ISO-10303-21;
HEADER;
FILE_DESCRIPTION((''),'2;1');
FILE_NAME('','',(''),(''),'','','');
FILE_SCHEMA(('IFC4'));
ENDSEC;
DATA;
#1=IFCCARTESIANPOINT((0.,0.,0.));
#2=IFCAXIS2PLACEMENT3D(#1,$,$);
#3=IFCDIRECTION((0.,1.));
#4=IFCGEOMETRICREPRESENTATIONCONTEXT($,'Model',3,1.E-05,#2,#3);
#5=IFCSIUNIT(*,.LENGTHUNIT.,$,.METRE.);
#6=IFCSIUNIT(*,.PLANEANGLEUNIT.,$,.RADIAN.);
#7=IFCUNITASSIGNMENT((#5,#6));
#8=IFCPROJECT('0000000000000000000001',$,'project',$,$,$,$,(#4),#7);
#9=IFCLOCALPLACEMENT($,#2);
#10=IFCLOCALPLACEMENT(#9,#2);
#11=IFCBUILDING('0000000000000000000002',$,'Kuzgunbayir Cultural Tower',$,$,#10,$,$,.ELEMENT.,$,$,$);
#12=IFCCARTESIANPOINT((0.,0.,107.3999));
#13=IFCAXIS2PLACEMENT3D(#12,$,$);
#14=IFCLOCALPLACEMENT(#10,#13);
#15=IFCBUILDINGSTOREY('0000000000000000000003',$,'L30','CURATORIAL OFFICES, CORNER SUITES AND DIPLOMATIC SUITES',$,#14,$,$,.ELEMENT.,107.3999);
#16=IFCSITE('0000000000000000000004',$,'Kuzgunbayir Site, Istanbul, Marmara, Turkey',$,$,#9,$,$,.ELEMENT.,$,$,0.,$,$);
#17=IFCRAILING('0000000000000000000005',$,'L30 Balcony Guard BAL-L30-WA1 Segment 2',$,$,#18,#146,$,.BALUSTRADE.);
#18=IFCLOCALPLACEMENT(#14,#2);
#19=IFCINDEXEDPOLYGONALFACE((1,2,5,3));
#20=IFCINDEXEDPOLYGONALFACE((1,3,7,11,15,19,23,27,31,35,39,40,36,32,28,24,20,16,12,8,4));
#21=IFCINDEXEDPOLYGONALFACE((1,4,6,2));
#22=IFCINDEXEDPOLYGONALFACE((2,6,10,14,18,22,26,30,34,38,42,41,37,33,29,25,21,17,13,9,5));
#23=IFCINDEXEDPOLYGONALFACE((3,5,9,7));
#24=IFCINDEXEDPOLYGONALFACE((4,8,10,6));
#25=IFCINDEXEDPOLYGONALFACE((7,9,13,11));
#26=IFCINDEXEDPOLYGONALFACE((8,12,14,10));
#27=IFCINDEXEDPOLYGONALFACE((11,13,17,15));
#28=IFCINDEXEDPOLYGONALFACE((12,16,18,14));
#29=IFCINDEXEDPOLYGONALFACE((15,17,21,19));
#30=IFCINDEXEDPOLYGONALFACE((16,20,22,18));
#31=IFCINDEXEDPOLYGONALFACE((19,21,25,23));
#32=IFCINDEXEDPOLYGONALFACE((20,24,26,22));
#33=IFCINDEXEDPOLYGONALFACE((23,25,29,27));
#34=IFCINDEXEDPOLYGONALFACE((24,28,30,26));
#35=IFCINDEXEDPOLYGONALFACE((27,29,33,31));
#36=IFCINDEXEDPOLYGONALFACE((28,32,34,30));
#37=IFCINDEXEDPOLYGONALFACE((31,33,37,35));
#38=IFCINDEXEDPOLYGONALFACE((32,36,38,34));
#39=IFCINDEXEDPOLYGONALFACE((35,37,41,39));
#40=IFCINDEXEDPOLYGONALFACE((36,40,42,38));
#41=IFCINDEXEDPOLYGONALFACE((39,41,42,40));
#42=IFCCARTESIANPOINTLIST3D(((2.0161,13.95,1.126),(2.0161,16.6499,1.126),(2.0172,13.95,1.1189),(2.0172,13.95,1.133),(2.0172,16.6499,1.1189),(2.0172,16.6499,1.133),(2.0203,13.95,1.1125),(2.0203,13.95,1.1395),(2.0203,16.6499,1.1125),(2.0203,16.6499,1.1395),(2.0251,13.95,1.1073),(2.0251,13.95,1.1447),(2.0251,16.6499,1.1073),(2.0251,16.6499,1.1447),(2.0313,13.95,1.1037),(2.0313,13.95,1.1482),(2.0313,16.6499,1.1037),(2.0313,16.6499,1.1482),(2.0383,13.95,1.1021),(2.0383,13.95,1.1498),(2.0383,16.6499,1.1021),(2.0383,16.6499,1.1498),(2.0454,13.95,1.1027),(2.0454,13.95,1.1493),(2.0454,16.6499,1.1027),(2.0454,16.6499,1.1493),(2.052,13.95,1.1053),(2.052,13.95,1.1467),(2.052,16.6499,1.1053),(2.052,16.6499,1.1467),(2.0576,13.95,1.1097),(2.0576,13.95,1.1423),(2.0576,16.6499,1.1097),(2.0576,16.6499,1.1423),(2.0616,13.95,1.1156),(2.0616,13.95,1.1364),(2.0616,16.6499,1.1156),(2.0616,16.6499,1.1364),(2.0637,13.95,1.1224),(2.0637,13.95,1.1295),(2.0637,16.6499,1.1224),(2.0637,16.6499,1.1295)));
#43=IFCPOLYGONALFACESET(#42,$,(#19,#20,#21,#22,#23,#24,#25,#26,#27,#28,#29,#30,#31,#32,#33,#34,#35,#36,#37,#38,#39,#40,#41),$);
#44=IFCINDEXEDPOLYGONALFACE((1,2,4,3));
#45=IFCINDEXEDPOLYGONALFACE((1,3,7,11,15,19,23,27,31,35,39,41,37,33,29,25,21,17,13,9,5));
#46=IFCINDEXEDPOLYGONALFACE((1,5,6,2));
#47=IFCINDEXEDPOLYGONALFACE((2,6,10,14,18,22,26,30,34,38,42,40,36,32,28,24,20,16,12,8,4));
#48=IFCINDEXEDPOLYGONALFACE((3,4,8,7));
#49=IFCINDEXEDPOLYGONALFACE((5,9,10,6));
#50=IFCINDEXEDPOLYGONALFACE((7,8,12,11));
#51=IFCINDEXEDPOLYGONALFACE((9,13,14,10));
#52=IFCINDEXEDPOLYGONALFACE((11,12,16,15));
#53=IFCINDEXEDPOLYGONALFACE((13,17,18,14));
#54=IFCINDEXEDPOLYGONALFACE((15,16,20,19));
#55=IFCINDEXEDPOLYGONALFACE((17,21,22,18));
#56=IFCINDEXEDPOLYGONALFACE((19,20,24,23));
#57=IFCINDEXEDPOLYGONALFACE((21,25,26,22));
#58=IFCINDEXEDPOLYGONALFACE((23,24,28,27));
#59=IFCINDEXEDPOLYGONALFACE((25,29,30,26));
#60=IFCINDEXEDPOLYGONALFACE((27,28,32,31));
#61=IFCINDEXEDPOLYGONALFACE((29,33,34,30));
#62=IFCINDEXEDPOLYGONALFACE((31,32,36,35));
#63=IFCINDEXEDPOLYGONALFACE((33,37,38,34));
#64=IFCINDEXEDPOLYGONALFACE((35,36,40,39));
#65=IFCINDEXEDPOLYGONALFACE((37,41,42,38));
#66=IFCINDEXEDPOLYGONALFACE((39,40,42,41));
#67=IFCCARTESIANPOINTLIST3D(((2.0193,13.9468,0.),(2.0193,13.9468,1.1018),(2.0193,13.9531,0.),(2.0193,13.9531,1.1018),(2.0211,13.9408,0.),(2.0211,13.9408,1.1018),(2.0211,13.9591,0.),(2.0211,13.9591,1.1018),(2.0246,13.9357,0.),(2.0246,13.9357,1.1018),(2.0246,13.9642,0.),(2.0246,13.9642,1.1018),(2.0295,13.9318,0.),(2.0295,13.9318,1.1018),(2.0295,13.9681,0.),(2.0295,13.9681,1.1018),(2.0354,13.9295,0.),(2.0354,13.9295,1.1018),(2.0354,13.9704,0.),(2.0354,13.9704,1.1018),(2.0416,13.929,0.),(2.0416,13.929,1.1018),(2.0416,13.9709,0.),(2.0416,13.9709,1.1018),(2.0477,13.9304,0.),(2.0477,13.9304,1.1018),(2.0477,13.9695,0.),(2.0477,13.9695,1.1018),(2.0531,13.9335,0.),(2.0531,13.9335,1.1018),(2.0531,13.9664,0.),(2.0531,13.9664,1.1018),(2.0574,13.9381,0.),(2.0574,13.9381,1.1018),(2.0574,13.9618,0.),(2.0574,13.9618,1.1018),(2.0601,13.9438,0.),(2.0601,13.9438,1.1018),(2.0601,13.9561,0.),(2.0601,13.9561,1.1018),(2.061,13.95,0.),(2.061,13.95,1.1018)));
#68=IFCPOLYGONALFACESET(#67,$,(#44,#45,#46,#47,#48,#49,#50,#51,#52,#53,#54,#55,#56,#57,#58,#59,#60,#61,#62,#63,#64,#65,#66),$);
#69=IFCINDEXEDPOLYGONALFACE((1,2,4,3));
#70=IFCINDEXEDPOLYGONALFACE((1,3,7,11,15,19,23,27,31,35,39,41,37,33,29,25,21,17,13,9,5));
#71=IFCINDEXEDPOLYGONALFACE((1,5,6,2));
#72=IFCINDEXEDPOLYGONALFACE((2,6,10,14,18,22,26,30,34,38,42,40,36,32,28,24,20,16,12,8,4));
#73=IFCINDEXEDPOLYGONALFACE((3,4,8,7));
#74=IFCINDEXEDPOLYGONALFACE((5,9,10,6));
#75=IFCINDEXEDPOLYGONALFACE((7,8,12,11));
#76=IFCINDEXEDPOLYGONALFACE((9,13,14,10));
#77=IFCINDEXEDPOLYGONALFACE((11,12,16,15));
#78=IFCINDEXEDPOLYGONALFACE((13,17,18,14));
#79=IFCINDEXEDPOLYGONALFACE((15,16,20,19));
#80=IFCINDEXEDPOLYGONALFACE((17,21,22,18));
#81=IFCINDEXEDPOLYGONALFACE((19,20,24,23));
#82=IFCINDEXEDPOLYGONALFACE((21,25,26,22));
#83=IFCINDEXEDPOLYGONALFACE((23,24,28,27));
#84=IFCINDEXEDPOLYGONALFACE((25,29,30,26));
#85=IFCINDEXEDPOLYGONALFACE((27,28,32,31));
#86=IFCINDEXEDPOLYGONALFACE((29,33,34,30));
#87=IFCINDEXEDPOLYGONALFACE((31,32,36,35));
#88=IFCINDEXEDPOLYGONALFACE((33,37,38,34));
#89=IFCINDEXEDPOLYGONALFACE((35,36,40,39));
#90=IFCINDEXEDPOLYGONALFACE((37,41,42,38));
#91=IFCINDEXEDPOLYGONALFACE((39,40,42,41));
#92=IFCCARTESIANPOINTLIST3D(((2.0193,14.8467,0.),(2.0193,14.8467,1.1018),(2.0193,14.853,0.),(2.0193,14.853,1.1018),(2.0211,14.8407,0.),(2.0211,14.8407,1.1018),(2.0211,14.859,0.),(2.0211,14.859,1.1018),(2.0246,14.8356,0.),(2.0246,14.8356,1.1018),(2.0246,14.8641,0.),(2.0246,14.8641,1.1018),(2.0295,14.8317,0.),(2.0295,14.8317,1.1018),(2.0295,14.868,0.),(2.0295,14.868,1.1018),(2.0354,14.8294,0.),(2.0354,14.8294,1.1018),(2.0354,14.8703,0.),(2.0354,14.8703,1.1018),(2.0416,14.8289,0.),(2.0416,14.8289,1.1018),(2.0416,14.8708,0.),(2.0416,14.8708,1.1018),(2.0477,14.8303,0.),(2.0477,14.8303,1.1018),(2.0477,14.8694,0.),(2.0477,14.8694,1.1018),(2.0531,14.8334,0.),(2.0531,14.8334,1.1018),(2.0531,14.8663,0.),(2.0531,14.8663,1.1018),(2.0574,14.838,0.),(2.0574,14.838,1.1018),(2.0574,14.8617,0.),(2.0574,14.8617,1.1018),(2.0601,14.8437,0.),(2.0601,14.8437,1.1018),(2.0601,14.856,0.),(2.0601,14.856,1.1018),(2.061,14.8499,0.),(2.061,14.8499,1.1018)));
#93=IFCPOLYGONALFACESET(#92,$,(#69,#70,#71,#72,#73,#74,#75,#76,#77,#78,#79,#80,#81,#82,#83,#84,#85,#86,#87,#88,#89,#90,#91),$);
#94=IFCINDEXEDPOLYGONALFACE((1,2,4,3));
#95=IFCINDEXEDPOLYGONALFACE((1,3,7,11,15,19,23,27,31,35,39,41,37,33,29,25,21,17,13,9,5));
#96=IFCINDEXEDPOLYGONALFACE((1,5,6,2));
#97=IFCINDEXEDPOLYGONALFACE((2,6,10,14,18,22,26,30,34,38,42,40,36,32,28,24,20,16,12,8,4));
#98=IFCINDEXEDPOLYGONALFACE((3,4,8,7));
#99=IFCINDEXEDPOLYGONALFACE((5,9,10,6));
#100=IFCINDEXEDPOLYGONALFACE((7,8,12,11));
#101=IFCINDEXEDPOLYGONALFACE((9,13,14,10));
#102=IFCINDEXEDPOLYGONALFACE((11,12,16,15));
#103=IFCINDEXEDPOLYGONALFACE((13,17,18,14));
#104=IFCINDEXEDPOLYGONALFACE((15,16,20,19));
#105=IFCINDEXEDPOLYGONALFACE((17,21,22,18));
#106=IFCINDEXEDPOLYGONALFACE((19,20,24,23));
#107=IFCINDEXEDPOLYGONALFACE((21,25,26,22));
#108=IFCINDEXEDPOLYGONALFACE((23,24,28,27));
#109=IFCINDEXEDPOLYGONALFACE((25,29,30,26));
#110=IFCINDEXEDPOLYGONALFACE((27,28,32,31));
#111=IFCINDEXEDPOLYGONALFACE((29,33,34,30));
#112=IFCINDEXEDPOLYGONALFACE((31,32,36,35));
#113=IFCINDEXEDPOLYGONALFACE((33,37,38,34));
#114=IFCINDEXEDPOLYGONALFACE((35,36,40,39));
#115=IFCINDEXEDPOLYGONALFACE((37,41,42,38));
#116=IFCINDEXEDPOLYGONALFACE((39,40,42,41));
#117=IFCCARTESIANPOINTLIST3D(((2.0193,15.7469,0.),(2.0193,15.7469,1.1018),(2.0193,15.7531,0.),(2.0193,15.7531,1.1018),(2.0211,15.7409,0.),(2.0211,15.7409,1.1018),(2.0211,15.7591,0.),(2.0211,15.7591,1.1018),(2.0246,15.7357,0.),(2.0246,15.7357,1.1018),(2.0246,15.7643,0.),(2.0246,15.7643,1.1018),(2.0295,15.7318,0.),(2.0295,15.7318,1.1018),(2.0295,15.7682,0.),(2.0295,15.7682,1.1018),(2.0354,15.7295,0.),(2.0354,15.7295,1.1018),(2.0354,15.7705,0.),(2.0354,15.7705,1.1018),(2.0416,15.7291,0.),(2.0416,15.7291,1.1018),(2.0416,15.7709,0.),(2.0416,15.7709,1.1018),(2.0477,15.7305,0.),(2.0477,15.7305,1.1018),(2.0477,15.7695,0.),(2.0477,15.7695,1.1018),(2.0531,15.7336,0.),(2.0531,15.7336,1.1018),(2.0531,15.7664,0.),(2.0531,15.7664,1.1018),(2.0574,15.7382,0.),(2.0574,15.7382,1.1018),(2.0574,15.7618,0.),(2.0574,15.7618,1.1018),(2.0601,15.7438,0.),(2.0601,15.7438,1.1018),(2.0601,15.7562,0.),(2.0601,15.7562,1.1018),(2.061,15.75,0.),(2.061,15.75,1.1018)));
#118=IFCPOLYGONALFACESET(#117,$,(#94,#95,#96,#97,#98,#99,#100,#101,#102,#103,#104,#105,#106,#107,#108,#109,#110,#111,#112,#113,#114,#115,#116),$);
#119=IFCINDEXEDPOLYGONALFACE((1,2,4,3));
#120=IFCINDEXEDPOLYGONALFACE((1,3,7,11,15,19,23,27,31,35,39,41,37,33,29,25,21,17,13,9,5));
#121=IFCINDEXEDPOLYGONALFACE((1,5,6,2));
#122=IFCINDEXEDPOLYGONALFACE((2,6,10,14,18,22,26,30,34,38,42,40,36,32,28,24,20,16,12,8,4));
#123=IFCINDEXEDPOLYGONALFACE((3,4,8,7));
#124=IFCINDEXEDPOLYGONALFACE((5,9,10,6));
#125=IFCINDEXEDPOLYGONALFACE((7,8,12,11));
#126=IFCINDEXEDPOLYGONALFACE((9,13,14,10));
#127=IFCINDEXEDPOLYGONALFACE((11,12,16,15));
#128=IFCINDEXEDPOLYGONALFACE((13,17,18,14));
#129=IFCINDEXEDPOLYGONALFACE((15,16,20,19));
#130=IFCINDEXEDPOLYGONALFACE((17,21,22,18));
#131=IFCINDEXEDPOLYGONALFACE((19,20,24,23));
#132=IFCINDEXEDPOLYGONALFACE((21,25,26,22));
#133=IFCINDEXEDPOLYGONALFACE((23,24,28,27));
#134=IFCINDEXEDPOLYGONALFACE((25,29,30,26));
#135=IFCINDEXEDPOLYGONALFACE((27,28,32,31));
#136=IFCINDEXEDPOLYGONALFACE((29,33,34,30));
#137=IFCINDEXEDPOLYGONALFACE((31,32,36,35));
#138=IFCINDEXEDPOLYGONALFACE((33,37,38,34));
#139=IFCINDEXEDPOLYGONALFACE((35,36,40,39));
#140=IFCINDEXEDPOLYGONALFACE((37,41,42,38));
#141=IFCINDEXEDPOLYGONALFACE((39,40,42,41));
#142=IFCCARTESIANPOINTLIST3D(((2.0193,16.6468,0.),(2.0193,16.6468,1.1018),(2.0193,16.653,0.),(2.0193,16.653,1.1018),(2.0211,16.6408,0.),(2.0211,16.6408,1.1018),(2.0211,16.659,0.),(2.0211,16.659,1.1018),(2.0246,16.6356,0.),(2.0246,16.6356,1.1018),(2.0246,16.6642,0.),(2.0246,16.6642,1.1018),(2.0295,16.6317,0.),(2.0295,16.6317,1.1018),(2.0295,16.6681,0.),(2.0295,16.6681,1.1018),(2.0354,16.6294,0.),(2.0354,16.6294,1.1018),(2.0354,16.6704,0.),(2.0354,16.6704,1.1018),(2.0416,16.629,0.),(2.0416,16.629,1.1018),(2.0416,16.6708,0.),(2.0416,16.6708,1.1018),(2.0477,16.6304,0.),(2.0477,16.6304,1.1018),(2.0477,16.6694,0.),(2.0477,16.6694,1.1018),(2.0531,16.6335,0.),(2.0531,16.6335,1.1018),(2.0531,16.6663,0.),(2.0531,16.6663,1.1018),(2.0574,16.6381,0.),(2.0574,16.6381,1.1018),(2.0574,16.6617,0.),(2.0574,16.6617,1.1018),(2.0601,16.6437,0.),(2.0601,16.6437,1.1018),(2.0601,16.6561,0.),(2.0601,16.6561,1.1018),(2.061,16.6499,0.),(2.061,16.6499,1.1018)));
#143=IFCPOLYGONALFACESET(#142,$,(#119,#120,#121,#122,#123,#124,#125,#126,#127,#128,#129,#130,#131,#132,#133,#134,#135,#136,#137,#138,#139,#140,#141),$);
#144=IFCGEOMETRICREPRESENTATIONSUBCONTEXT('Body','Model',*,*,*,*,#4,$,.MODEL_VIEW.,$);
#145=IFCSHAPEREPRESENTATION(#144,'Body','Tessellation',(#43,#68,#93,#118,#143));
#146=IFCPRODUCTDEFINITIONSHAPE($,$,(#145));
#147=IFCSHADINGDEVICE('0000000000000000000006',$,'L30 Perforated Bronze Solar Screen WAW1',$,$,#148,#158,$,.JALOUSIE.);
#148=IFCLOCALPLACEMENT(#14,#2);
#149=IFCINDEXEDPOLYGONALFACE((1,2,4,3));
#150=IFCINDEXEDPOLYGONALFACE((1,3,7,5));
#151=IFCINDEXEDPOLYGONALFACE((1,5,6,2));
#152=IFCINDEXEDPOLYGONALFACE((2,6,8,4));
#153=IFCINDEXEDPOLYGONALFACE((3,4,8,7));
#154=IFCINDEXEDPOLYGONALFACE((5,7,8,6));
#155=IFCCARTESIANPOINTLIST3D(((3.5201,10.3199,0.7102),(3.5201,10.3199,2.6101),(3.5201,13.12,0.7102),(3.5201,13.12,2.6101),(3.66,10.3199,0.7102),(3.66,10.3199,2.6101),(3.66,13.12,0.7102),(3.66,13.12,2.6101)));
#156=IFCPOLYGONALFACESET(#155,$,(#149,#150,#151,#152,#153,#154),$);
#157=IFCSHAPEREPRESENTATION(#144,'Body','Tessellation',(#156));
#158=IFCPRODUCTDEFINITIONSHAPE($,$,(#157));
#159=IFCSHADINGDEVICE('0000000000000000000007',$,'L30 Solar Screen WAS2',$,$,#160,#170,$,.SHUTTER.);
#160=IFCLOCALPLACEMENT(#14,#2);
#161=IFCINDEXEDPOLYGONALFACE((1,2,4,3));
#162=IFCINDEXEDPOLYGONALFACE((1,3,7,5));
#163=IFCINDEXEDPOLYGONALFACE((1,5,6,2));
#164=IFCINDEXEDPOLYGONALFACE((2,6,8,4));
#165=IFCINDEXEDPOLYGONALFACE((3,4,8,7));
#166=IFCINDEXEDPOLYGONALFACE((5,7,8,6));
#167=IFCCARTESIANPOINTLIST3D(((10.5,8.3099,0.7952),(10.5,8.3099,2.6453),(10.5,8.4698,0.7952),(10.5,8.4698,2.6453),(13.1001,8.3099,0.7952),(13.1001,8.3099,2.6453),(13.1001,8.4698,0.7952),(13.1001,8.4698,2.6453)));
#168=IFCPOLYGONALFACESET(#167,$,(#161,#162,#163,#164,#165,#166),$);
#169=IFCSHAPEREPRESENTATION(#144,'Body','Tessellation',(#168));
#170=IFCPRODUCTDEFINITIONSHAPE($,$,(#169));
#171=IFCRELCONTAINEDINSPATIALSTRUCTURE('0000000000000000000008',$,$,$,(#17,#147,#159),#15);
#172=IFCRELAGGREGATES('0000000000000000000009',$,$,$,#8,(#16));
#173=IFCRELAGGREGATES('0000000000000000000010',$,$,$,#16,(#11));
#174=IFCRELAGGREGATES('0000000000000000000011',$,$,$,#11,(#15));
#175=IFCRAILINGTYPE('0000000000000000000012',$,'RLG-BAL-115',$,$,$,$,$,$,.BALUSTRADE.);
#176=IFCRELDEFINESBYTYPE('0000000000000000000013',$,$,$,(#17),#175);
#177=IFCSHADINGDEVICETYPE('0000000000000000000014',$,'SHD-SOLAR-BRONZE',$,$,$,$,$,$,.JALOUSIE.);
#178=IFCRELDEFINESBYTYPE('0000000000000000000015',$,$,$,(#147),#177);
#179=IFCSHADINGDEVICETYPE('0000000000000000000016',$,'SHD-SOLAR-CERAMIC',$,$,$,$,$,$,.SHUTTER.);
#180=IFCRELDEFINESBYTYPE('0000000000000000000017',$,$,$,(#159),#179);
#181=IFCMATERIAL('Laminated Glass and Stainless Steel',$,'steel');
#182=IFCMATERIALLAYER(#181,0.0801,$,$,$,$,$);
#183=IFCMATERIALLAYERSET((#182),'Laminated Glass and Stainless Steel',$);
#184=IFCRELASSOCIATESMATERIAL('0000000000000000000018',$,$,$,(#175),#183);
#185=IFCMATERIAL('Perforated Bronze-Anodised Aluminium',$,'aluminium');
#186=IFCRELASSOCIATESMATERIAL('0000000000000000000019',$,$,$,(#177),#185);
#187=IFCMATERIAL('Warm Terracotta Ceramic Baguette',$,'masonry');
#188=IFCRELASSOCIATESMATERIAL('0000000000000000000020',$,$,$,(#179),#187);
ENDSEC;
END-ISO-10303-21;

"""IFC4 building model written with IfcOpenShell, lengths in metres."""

from ifc_helpers import new_model, si_unit, direction, frame, origin, origin_2d, place, context, subcontext, project, spatial, rectangle, circle, extrude, material, layer, layer_set, type_object, element, save


model = new_model("IFC4")

# Units and contexts
model_context = context("Model", 3, precision=1e-05, world=origin(), true_north=direction((0.0, 1.0)))
body_context = subcontext(model_context, "Body", "Model", "MODEL_VIEW")
ifc_project = project(units=[si_unit("LENGTHUNIT", "METRE"), si_unit("PLANEANGLEUNIT", "RADIAN")], contexts=[model_context])

# Site, building, storey
site_placement = place(None, origin())
site = spatial("IfcSite", under=ifc_project, at=site_placement, Name="Kuzgunbayir Site, Istanbul, Marmara, Turkey", CompositionType="ELEMENT", RefElevation=0.0)
building_placement = place(site_placement, origin())
building = spatial("IfcBuilding", under=site, at=building_placement, Name="Kuzgunbayir Cultural Tower", CompositionType="ELEMENT")
storey_placement = place(building_placement, frame((0.0, 0.0, 107.3999)))
storey = spatial("IfcBuildingStorey", under=building, at=storey_placement, Name="L30", Description="CURATORIAL OFFICES, CORNER SUITES AND DIPLOMATIC SUITES", CompositionType="ELEMENT", Elevation=107.3999)

# Railing
ifc_material_1 = material(Name="Laminated Glass and Stainless Steel", Category="steel")
ifc_layer_1 = layer(ifc_material_1, 0.0801)
ifc_layer_set_1 = layer_set([ifc_layer_1], Name="Laminated Glass and Stainless Steel")
railing_type = type_object("IfcRailingType", Name="RLG-BAL-115", PredefinedType="BALUSTRADE", material=ifc_layer_set_1)
railing_1_placement = place(storey_placement, frame((2.04, 13.95, 0.0)))
element("IfcRailing", 1, at=railing_1_placement, inside=storey, type_object=railing_type, Name="L30 Balcony Guard BAL-L30-WA1 Segment 2", PredefinedType="BALUSTRADE", context=body_context, shape_type="SweptSolid", body=[
    extrude(circle(Radius=0.0239, at=origin_2d()), frame((0.0, 0.0, 1.126), z_axis=(0.0, 1.0, 0.0), x_axis=(-1.0, 0.0, 0.0)), (0.0, 0.0, 1.0), 2.7),
    extrude(circle(Radius=0.021, at=origin_2d()), origin(), (0.0, 0.0, 1.0), 1.1018),
    extrude(circle(Radius=0.021, at=origin_2d()), frame((0.0, 0.8999, 0.0)), (0.0, 0.0, 1.0), 1.1018),
    extrude(circle(Radius=0.021, at=origin_2d()), frame((0.0, 1.8, 0.0)), (0.0, 0.0, 1.0), 1.1018),
    extrude(circle(Radius=0.021, at=origin_2d()), frame((0.0, 2.7, 0.0)), (0.0, 0.0, 1.0), 1.1018),
])

# Shading devices
ifc_material_2 = material(Name="Perforated Bronze-Anodised Aluminium", Category="aluminium")
shading_device_type_1 = type_object("IfcShadingDeviceType", Name="SHD-SOLAR-BRONZE", PredefinedType="JALOUSIE", material=ifc_material_2)
shading_device_1_placement = place(storey_placement, frame((3.5901, 11.72, 0.7102), z_axis=(0.0, 0.0, 1.0), x_axis=(1.0, 0.0, 0.0)))
element("IfcShadingDevice", 2, at=shading_device_1_placement, inside=storey, type_object=shading_device_type_1, Name="L30 Perforated Bronze Solar Screen WAW1", PredefinedType="JALOUSIE", context=body_context, shape_type="SweptSolid", body=[
    extrude(rectangle(XDim=0.1399, YDim=2.8, at=origin_2d()), origin(), (0.0, 0.0, 1.0), 1.8999),
])
ifc_material_3 = material(Name="Warm Terracotta Ceramic Baguette", Category="masonry")
shading_device_type_2 = type_object("IfcShadingDeviceType", Name="SHD-SOLAR-CERAMIC", PredefinedType="SHUTTER", material=ifc_material_3)
shading_device_2_placement = place(storey_placement, frame((11.8, 8.3899, 0.7952), z_axis=(0.0, 0.0, 1.0), x_axis=(1.0, 0.0, 0.0)))
element("IfcShadingDevice", 3, at=shading_device_2_placement, inside=storey, type_object=shading_device_type_2, Name="L30 Solar Screen WAS2", PredefinedType="SHUTTER", context=body_context, shape_type="SweptSolid", body=[
    extrude(rectangle(XDim=2.6001, YDim=0.1599, at=origin_2d()), origin(), (0.0, 0.0, 1.0), 1.8501),
])

save(model, "model.ifc")
